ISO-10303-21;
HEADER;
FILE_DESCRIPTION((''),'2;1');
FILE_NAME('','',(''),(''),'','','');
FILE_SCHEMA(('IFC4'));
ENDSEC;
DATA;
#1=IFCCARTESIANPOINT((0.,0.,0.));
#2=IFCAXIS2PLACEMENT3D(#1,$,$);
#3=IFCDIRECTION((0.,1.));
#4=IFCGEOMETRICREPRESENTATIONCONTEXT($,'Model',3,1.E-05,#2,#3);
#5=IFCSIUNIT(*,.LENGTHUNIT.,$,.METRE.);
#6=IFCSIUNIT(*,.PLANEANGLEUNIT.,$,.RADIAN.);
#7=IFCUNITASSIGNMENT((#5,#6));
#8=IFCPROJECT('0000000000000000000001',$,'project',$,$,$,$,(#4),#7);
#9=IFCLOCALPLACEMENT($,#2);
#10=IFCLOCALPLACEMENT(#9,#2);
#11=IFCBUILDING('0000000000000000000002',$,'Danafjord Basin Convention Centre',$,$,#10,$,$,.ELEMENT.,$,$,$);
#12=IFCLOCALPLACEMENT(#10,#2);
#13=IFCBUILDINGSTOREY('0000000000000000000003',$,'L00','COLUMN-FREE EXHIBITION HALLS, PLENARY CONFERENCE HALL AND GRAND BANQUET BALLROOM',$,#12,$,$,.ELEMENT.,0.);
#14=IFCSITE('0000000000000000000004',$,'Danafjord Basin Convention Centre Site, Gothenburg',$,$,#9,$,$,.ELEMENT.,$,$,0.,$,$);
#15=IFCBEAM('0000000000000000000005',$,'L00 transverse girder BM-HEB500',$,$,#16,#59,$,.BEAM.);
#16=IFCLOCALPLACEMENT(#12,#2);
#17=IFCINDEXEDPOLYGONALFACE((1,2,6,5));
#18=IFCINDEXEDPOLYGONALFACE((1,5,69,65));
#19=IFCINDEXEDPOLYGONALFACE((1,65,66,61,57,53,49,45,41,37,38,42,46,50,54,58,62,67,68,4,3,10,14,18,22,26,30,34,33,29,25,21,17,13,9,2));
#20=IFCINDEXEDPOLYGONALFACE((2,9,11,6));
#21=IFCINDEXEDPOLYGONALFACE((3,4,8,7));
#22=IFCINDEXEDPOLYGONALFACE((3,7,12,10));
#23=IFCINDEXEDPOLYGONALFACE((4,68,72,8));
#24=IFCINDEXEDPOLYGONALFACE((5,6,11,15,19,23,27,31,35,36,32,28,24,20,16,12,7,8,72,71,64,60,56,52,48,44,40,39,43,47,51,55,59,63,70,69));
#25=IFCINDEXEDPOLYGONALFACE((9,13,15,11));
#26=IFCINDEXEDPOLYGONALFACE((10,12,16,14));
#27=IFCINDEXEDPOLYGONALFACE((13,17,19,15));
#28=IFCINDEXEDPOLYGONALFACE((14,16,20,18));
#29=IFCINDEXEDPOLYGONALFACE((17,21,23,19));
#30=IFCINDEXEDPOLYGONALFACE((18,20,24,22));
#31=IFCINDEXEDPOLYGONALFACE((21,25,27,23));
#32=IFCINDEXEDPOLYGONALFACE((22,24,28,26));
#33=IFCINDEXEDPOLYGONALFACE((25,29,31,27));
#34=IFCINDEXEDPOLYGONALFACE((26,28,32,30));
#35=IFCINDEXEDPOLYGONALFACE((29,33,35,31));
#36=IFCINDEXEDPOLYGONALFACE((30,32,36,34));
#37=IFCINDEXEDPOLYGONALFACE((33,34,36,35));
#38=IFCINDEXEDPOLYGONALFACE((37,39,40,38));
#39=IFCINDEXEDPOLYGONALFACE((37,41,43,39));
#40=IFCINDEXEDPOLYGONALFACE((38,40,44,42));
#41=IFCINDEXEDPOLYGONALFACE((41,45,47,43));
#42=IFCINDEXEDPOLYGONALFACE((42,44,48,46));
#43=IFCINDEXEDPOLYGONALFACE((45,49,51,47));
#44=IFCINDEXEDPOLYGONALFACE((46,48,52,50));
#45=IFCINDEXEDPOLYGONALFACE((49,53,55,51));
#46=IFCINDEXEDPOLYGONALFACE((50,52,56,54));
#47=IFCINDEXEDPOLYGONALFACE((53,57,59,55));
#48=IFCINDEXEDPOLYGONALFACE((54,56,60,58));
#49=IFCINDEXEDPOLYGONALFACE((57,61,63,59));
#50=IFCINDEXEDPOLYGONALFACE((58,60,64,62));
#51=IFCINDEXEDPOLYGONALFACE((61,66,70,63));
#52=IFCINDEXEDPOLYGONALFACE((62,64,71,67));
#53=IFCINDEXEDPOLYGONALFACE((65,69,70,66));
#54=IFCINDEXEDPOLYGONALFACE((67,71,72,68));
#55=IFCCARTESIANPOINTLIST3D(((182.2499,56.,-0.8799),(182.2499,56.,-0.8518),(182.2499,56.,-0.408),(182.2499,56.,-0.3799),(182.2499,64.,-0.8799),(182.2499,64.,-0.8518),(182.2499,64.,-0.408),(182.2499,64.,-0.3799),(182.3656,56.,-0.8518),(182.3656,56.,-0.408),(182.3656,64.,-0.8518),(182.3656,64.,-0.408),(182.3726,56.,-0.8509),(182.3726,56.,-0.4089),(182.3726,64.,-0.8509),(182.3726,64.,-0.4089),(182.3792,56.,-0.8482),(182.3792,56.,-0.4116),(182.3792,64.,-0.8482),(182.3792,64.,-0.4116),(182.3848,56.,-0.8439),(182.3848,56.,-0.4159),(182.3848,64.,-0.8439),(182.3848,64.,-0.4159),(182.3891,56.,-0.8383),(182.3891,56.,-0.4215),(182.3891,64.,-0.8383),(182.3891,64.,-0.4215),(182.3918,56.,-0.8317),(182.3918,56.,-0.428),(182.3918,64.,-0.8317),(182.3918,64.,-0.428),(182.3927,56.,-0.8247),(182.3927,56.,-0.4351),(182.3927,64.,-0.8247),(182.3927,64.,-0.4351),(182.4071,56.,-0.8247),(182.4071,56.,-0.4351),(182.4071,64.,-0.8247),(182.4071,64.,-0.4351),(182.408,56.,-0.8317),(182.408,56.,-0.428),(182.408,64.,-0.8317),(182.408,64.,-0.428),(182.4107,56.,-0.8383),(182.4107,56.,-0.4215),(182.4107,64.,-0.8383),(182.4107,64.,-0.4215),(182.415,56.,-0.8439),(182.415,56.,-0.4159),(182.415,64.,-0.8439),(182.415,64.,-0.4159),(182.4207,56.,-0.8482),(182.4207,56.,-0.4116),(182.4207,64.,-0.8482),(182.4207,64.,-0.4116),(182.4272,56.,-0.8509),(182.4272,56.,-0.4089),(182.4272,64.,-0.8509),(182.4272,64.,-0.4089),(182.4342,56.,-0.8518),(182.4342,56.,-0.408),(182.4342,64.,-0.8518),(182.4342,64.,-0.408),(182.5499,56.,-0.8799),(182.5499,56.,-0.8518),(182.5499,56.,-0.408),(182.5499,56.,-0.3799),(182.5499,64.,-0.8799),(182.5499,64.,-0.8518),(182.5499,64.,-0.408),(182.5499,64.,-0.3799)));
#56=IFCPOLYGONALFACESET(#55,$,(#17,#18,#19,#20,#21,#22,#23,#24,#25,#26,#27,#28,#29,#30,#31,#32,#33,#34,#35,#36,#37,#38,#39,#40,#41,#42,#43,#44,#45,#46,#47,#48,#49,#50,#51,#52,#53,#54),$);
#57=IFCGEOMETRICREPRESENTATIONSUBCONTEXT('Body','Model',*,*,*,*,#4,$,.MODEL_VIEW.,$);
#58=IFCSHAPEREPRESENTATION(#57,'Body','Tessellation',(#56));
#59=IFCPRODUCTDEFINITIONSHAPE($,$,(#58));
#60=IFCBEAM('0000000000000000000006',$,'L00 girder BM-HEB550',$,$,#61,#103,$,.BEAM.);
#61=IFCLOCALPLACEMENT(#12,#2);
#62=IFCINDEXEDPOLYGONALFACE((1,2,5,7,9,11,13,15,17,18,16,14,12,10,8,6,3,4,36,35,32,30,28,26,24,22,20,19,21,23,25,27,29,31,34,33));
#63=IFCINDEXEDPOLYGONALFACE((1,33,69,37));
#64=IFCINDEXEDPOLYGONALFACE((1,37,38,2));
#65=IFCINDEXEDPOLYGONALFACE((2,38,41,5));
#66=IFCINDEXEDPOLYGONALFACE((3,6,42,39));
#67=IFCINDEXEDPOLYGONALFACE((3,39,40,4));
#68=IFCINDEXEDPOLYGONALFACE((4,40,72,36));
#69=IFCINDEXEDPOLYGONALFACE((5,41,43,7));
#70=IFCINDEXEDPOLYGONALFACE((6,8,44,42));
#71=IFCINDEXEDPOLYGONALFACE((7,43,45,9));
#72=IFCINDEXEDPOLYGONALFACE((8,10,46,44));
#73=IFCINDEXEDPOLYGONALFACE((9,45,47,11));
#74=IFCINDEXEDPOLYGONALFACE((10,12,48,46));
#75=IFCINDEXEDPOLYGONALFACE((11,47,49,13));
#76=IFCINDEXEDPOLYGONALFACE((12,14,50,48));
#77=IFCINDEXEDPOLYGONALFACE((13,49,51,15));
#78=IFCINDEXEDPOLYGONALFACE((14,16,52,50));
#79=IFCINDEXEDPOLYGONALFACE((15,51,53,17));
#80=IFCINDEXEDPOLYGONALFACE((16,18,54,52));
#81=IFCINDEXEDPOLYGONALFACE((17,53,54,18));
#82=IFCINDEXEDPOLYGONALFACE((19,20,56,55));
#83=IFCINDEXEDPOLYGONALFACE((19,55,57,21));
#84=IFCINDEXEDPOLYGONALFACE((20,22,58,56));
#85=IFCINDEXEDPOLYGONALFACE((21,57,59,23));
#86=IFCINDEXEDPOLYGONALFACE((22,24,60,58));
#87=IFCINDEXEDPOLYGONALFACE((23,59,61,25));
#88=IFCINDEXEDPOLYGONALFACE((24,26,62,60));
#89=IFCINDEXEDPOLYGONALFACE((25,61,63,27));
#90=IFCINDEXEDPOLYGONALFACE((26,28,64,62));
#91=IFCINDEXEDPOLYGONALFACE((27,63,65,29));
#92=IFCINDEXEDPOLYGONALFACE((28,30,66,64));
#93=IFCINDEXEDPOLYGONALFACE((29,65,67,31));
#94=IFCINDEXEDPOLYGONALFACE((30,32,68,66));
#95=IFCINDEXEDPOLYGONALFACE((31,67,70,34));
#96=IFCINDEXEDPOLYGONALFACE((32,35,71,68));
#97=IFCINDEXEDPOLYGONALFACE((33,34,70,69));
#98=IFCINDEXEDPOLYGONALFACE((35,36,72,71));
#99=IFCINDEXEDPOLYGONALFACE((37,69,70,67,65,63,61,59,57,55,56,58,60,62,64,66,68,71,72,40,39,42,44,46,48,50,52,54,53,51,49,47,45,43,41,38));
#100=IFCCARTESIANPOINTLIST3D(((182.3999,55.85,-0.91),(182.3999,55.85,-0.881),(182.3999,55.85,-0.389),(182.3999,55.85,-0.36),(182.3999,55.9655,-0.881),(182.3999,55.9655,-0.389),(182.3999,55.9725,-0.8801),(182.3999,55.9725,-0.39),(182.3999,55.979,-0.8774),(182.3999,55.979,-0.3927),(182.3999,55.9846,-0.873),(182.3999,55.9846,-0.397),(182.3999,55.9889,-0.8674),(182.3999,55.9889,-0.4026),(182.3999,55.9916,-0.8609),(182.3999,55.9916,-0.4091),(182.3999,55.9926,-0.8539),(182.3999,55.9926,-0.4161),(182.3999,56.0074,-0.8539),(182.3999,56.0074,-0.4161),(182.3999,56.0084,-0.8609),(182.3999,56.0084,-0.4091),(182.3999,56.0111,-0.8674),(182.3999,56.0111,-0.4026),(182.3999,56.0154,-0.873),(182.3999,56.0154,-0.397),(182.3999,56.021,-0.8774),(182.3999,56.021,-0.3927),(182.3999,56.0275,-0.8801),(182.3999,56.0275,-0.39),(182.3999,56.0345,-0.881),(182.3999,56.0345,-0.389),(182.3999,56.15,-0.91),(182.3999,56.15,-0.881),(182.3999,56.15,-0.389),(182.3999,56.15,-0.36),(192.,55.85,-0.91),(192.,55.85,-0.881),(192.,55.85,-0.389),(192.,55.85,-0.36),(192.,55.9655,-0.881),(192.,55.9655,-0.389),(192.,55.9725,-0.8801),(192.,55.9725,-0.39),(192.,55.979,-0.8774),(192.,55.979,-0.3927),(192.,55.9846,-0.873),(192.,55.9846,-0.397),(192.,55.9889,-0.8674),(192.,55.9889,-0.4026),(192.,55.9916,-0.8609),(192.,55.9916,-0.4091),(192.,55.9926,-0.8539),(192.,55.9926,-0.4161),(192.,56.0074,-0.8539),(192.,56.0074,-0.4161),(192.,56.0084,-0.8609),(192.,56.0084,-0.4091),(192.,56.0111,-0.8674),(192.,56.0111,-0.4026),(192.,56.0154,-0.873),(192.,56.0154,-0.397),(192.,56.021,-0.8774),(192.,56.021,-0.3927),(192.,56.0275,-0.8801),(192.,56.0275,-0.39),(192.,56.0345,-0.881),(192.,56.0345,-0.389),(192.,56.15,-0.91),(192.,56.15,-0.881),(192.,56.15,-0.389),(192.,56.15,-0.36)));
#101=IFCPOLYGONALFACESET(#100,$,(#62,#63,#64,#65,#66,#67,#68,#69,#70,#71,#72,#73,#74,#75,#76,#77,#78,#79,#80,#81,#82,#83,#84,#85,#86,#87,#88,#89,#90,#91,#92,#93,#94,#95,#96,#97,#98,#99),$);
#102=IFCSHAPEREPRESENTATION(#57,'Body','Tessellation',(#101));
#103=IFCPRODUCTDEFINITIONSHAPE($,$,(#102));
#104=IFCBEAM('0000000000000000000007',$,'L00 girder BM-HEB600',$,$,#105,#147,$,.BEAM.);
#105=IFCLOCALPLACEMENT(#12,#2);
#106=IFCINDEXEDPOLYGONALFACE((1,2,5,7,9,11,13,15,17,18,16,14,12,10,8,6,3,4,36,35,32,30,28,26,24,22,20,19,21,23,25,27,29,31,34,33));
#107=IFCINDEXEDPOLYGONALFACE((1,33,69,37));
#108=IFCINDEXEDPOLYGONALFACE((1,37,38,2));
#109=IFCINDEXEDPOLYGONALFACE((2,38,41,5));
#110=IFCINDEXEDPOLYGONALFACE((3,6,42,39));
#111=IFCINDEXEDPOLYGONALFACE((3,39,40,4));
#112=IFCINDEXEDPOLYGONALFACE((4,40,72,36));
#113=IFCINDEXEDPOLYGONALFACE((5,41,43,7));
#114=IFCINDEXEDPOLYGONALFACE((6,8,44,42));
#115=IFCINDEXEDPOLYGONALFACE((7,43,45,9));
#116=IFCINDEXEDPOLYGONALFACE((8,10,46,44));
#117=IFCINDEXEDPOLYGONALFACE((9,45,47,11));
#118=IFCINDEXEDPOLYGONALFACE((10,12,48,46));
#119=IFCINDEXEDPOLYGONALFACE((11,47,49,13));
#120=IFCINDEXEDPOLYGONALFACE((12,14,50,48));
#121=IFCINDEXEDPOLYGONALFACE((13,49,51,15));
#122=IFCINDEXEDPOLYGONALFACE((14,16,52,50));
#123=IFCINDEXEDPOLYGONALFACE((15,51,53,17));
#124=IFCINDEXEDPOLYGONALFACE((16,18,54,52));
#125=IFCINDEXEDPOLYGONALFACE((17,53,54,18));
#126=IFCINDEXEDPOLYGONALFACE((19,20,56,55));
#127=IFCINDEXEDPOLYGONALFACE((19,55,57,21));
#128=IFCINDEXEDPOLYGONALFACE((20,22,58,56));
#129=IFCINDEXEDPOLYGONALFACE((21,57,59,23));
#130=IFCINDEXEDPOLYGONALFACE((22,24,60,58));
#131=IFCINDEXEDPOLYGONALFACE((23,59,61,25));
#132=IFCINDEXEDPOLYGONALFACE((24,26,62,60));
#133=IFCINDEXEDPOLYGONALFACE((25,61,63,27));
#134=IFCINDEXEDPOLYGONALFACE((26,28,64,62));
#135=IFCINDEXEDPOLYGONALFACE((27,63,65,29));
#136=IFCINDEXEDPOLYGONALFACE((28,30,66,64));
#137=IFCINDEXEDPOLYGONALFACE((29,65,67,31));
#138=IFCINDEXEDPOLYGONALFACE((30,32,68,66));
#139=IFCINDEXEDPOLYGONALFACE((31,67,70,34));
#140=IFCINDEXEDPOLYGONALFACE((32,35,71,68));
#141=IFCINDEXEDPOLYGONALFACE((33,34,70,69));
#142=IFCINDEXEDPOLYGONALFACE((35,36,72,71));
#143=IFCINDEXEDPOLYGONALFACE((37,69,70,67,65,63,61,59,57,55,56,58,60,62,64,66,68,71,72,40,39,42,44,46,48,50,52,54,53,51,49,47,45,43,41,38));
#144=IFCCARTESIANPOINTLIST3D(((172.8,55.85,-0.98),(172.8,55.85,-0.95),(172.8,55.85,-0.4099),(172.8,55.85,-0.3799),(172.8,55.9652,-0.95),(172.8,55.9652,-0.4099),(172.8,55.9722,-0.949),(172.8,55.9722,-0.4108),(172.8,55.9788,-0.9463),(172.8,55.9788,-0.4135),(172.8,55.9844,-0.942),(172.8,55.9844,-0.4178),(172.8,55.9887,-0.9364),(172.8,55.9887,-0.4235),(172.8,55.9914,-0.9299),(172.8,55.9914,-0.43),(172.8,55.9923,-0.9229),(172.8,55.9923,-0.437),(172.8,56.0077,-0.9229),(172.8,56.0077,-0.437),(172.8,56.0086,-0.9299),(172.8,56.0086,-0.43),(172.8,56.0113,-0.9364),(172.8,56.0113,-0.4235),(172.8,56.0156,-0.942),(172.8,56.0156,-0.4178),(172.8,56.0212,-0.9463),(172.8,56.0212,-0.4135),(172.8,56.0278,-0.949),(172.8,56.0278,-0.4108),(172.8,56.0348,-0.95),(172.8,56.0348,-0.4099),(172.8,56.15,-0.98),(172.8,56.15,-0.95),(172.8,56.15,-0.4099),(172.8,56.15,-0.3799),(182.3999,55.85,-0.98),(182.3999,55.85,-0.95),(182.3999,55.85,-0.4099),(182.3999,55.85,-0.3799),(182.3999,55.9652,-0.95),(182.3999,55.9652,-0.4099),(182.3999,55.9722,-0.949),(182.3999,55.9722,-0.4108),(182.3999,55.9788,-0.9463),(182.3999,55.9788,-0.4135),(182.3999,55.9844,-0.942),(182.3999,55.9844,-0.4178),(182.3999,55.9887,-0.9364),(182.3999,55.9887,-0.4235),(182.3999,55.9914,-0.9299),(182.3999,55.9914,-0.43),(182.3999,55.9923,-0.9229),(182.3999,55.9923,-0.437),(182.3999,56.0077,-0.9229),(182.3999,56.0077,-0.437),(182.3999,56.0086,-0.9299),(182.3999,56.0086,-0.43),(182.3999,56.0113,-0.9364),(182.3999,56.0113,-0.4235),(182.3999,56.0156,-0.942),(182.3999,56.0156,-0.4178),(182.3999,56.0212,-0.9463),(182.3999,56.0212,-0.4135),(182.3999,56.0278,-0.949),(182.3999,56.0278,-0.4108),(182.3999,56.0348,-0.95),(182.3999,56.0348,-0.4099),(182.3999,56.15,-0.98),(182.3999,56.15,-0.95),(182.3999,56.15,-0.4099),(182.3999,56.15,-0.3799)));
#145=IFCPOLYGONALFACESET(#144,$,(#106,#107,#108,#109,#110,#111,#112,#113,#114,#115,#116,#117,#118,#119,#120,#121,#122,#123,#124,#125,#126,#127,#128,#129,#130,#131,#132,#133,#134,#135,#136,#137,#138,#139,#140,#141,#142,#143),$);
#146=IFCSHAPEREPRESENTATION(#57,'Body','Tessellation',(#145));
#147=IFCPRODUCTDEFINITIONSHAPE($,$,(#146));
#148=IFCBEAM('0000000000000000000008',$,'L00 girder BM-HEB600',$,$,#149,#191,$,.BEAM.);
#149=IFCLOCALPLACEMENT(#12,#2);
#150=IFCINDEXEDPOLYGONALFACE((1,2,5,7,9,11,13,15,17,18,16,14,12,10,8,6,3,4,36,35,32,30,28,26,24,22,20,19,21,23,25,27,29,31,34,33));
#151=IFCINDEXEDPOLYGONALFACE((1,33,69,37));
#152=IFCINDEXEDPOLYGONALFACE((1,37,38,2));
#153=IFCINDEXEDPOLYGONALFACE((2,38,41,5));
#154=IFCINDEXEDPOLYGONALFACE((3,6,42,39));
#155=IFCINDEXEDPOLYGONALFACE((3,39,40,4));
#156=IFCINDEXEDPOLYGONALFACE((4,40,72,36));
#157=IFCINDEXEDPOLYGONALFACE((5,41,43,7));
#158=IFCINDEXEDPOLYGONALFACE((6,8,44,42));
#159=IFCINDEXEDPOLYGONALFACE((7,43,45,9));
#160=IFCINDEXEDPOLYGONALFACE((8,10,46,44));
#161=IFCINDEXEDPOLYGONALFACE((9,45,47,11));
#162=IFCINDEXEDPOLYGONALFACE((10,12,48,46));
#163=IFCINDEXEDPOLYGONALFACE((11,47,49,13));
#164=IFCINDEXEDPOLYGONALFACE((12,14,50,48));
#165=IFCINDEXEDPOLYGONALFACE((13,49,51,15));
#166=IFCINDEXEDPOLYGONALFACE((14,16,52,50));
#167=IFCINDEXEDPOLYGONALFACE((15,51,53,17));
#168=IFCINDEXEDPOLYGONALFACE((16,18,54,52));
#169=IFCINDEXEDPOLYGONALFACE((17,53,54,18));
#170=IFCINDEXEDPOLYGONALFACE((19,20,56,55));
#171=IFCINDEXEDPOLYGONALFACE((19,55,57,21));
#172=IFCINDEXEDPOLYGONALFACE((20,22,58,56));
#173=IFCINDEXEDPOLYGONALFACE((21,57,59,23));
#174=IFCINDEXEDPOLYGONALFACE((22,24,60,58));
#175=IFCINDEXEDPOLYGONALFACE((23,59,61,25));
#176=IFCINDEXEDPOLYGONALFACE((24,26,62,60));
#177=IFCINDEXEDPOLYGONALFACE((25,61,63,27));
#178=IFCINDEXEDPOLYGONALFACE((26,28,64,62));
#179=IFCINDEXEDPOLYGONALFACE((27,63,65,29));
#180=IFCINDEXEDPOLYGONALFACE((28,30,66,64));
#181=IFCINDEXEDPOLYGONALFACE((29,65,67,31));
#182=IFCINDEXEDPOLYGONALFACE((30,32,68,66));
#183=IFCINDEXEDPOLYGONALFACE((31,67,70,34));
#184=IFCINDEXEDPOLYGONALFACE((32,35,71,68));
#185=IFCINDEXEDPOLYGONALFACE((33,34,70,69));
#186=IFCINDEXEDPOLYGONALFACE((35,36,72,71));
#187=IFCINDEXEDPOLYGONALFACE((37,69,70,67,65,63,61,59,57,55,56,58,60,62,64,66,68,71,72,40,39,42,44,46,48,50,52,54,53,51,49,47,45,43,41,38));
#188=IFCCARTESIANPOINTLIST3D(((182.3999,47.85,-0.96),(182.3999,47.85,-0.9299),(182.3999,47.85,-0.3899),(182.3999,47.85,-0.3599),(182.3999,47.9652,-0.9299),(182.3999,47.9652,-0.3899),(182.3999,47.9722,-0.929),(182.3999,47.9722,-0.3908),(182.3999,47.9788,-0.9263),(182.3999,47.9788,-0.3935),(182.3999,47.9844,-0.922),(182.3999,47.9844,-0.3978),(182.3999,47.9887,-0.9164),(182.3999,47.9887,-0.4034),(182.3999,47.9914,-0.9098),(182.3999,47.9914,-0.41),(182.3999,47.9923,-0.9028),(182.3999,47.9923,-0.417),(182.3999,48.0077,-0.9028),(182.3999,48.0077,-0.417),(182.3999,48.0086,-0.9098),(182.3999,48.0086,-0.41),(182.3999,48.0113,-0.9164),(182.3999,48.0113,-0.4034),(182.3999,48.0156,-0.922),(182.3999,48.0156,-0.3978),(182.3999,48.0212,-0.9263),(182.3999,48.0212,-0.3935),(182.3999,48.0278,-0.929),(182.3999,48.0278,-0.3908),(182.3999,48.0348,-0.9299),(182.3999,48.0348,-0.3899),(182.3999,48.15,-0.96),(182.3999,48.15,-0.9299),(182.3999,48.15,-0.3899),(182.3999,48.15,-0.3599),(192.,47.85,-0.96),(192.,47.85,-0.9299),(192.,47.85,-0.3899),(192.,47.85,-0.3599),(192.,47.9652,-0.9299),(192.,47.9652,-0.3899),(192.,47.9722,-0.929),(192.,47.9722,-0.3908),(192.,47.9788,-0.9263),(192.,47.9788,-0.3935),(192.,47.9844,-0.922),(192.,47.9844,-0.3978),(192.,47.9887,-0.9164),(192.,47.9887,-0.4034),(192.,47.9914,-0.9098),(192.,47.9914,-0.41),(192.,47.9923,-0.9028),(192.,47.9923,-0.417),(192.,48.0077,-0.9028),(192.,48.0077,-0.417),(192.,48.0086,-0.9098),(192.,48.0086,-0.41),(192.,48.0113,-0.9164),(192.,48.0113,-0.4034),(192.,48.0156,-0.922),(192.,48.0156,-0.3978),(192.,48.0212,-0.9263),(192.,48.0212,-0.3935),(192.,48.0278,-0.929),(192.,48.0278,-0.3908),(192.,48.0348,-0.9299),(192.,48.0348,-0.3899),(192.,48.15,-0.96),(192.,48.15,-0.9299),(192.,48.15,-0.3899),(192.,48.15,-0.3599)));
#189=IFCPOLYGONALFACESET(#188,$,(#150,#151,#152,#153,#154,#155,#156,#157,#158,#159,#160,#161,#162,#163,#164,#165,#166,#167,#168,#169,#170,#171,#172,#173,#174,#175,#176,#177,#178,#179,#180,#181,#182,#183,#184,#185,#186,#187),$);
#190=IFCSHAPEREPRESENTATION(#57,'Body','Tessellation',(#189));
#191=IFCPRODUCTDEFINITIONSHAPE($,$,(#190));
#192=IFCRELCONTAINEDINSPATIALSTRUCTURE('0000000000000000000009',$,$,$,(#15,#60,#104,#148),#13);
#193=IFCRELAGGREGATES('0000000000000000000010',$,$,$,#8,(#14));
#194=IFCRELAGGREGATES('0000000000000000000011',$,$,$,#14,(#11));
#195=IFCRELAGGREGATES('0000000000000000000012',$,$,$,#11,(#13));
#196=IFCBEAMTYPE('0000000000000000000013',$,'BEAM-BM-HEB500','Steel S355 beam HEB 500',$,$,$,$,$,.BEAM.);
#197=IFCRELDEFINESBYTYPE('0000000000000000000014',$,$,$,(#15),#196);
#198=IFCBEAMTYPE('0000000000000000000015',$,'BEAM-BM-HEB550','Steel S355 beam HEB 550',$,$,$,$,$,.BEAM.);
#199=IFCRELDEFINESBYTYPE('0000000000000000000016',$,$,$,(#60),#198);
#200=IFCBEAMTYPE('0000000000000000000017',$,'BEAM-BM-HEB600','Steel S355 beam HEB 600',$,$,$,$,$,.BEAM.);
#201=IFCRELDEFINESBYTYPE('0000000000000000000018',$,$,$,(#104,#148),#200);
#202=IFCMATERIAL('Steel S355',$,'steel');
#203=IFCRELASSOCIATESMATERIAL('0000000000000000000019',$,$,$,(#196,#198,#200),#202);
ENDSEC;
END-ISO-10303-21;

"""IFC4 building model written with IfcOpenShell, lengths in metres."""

from ifc_helpers import new_model, si_unit, direction, frame, origin, origin_2d, place, context, subcontext, project, spatial, i_section, extrude, material, material_profile, profile_set, type_object, element, save


model = new_model("IFC4")

# Units and contexts
model_context = context("Model", 3, precision=1e-05, world=origin(), true_north=direction((0.0, 1.0)))
body_context = subcontext(model_context, "Body", "Model", "MODEL_VIEW")
ifc_project = project(units=[si_unit("LENGTHUNIT", "METRE"), si_unit("PLANEANGLEUNIT", "RADIAN")], contexts=[model_context])

# Site, building, storey
site_placement = place(None, origin())
site = spatial("IfcSite", under=ifc_project, at=site_placement, Name="Danafjord Basin Convention Centre Site, Gothenburg", CompositionType="ELEMENT", RefElevation=0.0)
building_placement = place(site_placement, origin())
building = spatial("IfcBuilding", under=site, at=building_placement, Name="Danafjord Basin Convention Centre", CompositionType="ELEMENT")
storey_placement = place(building_placement, origin())
storey = spatial("IfcBuildingStorey", under=building, at=storey_placement, Name="L00", Description="COLUMN-FREE EXHIBITION HALLS, PLENARY CONFERENCE HALL AND GRAND BANQUET BALLROOM", CompositionType="ELEMENT", Elevation=0.0)

# Beams
ifc_material_1 = material(Name="Steel S355", Category="steel")
ifc_material_profile_1 = material_profile(ifc_material_1, i_section(OverallWidth=0.3, OverallDepth=0.5, WebThickness=0.0144, FlangeThickness=0.0281, FilletRadius=0.0271, at=origin_2d()), Name="HEB 500")
ifc_profile_set_1 = profile_set([ifc_material_profile_1], Name="Steel S355")
beam_type_1 = type_object("IfcBeamType", Name="BEAM-BM-HEB500", Description="Steel S355 beam HEB 500", PredefinedType="BEAM", material=ifc_profile_set_1)
beam_1_placement = place(storey_placement, frame((182.3999, 56.0, -0.6299), z_axis=(0.0, 1.0, 0.0), x_axis=(-1.0, 0.0, 0.0)))
element("IfcBeam", 1, at=beam_1_placement, inside=storey, type_object=beam_type_1, Name="L00 transverse girder BM-HEB500", PredefinedType="BEAM", context=body_context, shape_type="SweptSolid", body=[
    extrude(i_section(OverallWidth=0.3, OverallDepth=0.5, WebThickness=0.0144, FlangeThickness=0.0281, FilletRadius=0.0271, at=origin_2d()), origin(), (0.0, 0.0, 1.0), 8.0),
])
ifc_material_profile_2 = material_profile(ifc_material_1, i_section(OverallWidth=0.3, OverallDepth=0.55, WebThickness=0.0149, FlangeThickness=0.0291, FilletRadius=0.0271, at=origin_2d()), Name="HEB 550")
ifc_profile_set_2 = profile_set([ifc_material_profile_2], Name="Steel S355")
beam_type_2 = type_object("IfcBeamType", Name="BEAM-BM-HEB550", Description="Steel S355 beam HEB 550", PredefinedType="BEAM", material=ifc_profile_set_2)
beam_2_placement = place(storey_placement, frame((182.3999, 56.0, -0.635), z_axis=(1.0, 0.0, 0.0), x_axis=(0.0, 1.0, 0.0)))
element("IfcBeam", 2, at=beam_2_placement, inside=storey, type_object=beam_type_2, Name="L00 girder BM-HEB550", PredefinedType="BEAM", context=body_context, shape_type="SweptSolid", body=[
    extrude(i_section(OverallWidth=0.3, OverallDepth=0.55, WebThickness=0.0149, FlangeThickness=0.0291, FilletRadius=0.0271, at=origin_2d()), origin(), (0.0, 0.0, 1.0), 9.6001),
])
ifc_material_profile_3 = material_profile(ifc_material_1, i_section(OverallWidth=0.3, OverallDepth=0.6001, WebThickness=0.0154, FlangeThickness=0.03, FilletRadius=0.0271, at=origin_2d()), Name="HEB 600")
ifc_profile_set_3 = profile_set([ifc_material_profile_3], Name="Steel S355")
beam_type_3 = type_object("IfcBeamType", Name="BEAM-BM-HEB600", Description="Steel S355 beam HEB 600", PredefinedType="BEAM", material=ifc_profile_set_3)
beam_3_placement = place(storey_placement, frame((172.8, 56.0, -0.6799), z_axis=(1.0, 0.0, 0.0), x_axis=(0.0, 1.0, 0.0)))
element("IfcBeam", 3, at=beam_3_placement, inside=storey, type_object=beam_type_3, Name="L00 girder BM-HEB600", PredefinedType="BEAM", context=body_context, shape_type="SweptSolid", body=[
    extrude(i_section(OverallWidth=0.3, OverallDepth=0.6001, WebThickness=0.0154, FlangeThickness=0.03, FilletRadius=0.0271, at=origin_2d()), origin(), (0.0, 0.0, 1.0), 9.5999),
])
beam_4_placement = place(storey_placement, frame((182.3999, 48.0, -0.6599), z_axis=(1.0, 0.0, 0.0), x_axis=(0.0, 1.0, 0.0)))
element("IfcBeam", 4, at=beam_4_placement, inside=storey, type_object=beam_type_3, Name="L00 girder BM-HEB600", PredefinedType="BEAM", context=body_context, shape_type="SweptSolid", body=[
    extrude(i_section(OverallWidth=0.3, OverallDepth=0.6001, WebThickness=0.0154, FlangeThickness=0.03, FilletRadius=0.0271, at=origin_2d()), origin(), (0.0, 0.0, 1.0), 9.6001),
])

save(model, "model.ifc")
